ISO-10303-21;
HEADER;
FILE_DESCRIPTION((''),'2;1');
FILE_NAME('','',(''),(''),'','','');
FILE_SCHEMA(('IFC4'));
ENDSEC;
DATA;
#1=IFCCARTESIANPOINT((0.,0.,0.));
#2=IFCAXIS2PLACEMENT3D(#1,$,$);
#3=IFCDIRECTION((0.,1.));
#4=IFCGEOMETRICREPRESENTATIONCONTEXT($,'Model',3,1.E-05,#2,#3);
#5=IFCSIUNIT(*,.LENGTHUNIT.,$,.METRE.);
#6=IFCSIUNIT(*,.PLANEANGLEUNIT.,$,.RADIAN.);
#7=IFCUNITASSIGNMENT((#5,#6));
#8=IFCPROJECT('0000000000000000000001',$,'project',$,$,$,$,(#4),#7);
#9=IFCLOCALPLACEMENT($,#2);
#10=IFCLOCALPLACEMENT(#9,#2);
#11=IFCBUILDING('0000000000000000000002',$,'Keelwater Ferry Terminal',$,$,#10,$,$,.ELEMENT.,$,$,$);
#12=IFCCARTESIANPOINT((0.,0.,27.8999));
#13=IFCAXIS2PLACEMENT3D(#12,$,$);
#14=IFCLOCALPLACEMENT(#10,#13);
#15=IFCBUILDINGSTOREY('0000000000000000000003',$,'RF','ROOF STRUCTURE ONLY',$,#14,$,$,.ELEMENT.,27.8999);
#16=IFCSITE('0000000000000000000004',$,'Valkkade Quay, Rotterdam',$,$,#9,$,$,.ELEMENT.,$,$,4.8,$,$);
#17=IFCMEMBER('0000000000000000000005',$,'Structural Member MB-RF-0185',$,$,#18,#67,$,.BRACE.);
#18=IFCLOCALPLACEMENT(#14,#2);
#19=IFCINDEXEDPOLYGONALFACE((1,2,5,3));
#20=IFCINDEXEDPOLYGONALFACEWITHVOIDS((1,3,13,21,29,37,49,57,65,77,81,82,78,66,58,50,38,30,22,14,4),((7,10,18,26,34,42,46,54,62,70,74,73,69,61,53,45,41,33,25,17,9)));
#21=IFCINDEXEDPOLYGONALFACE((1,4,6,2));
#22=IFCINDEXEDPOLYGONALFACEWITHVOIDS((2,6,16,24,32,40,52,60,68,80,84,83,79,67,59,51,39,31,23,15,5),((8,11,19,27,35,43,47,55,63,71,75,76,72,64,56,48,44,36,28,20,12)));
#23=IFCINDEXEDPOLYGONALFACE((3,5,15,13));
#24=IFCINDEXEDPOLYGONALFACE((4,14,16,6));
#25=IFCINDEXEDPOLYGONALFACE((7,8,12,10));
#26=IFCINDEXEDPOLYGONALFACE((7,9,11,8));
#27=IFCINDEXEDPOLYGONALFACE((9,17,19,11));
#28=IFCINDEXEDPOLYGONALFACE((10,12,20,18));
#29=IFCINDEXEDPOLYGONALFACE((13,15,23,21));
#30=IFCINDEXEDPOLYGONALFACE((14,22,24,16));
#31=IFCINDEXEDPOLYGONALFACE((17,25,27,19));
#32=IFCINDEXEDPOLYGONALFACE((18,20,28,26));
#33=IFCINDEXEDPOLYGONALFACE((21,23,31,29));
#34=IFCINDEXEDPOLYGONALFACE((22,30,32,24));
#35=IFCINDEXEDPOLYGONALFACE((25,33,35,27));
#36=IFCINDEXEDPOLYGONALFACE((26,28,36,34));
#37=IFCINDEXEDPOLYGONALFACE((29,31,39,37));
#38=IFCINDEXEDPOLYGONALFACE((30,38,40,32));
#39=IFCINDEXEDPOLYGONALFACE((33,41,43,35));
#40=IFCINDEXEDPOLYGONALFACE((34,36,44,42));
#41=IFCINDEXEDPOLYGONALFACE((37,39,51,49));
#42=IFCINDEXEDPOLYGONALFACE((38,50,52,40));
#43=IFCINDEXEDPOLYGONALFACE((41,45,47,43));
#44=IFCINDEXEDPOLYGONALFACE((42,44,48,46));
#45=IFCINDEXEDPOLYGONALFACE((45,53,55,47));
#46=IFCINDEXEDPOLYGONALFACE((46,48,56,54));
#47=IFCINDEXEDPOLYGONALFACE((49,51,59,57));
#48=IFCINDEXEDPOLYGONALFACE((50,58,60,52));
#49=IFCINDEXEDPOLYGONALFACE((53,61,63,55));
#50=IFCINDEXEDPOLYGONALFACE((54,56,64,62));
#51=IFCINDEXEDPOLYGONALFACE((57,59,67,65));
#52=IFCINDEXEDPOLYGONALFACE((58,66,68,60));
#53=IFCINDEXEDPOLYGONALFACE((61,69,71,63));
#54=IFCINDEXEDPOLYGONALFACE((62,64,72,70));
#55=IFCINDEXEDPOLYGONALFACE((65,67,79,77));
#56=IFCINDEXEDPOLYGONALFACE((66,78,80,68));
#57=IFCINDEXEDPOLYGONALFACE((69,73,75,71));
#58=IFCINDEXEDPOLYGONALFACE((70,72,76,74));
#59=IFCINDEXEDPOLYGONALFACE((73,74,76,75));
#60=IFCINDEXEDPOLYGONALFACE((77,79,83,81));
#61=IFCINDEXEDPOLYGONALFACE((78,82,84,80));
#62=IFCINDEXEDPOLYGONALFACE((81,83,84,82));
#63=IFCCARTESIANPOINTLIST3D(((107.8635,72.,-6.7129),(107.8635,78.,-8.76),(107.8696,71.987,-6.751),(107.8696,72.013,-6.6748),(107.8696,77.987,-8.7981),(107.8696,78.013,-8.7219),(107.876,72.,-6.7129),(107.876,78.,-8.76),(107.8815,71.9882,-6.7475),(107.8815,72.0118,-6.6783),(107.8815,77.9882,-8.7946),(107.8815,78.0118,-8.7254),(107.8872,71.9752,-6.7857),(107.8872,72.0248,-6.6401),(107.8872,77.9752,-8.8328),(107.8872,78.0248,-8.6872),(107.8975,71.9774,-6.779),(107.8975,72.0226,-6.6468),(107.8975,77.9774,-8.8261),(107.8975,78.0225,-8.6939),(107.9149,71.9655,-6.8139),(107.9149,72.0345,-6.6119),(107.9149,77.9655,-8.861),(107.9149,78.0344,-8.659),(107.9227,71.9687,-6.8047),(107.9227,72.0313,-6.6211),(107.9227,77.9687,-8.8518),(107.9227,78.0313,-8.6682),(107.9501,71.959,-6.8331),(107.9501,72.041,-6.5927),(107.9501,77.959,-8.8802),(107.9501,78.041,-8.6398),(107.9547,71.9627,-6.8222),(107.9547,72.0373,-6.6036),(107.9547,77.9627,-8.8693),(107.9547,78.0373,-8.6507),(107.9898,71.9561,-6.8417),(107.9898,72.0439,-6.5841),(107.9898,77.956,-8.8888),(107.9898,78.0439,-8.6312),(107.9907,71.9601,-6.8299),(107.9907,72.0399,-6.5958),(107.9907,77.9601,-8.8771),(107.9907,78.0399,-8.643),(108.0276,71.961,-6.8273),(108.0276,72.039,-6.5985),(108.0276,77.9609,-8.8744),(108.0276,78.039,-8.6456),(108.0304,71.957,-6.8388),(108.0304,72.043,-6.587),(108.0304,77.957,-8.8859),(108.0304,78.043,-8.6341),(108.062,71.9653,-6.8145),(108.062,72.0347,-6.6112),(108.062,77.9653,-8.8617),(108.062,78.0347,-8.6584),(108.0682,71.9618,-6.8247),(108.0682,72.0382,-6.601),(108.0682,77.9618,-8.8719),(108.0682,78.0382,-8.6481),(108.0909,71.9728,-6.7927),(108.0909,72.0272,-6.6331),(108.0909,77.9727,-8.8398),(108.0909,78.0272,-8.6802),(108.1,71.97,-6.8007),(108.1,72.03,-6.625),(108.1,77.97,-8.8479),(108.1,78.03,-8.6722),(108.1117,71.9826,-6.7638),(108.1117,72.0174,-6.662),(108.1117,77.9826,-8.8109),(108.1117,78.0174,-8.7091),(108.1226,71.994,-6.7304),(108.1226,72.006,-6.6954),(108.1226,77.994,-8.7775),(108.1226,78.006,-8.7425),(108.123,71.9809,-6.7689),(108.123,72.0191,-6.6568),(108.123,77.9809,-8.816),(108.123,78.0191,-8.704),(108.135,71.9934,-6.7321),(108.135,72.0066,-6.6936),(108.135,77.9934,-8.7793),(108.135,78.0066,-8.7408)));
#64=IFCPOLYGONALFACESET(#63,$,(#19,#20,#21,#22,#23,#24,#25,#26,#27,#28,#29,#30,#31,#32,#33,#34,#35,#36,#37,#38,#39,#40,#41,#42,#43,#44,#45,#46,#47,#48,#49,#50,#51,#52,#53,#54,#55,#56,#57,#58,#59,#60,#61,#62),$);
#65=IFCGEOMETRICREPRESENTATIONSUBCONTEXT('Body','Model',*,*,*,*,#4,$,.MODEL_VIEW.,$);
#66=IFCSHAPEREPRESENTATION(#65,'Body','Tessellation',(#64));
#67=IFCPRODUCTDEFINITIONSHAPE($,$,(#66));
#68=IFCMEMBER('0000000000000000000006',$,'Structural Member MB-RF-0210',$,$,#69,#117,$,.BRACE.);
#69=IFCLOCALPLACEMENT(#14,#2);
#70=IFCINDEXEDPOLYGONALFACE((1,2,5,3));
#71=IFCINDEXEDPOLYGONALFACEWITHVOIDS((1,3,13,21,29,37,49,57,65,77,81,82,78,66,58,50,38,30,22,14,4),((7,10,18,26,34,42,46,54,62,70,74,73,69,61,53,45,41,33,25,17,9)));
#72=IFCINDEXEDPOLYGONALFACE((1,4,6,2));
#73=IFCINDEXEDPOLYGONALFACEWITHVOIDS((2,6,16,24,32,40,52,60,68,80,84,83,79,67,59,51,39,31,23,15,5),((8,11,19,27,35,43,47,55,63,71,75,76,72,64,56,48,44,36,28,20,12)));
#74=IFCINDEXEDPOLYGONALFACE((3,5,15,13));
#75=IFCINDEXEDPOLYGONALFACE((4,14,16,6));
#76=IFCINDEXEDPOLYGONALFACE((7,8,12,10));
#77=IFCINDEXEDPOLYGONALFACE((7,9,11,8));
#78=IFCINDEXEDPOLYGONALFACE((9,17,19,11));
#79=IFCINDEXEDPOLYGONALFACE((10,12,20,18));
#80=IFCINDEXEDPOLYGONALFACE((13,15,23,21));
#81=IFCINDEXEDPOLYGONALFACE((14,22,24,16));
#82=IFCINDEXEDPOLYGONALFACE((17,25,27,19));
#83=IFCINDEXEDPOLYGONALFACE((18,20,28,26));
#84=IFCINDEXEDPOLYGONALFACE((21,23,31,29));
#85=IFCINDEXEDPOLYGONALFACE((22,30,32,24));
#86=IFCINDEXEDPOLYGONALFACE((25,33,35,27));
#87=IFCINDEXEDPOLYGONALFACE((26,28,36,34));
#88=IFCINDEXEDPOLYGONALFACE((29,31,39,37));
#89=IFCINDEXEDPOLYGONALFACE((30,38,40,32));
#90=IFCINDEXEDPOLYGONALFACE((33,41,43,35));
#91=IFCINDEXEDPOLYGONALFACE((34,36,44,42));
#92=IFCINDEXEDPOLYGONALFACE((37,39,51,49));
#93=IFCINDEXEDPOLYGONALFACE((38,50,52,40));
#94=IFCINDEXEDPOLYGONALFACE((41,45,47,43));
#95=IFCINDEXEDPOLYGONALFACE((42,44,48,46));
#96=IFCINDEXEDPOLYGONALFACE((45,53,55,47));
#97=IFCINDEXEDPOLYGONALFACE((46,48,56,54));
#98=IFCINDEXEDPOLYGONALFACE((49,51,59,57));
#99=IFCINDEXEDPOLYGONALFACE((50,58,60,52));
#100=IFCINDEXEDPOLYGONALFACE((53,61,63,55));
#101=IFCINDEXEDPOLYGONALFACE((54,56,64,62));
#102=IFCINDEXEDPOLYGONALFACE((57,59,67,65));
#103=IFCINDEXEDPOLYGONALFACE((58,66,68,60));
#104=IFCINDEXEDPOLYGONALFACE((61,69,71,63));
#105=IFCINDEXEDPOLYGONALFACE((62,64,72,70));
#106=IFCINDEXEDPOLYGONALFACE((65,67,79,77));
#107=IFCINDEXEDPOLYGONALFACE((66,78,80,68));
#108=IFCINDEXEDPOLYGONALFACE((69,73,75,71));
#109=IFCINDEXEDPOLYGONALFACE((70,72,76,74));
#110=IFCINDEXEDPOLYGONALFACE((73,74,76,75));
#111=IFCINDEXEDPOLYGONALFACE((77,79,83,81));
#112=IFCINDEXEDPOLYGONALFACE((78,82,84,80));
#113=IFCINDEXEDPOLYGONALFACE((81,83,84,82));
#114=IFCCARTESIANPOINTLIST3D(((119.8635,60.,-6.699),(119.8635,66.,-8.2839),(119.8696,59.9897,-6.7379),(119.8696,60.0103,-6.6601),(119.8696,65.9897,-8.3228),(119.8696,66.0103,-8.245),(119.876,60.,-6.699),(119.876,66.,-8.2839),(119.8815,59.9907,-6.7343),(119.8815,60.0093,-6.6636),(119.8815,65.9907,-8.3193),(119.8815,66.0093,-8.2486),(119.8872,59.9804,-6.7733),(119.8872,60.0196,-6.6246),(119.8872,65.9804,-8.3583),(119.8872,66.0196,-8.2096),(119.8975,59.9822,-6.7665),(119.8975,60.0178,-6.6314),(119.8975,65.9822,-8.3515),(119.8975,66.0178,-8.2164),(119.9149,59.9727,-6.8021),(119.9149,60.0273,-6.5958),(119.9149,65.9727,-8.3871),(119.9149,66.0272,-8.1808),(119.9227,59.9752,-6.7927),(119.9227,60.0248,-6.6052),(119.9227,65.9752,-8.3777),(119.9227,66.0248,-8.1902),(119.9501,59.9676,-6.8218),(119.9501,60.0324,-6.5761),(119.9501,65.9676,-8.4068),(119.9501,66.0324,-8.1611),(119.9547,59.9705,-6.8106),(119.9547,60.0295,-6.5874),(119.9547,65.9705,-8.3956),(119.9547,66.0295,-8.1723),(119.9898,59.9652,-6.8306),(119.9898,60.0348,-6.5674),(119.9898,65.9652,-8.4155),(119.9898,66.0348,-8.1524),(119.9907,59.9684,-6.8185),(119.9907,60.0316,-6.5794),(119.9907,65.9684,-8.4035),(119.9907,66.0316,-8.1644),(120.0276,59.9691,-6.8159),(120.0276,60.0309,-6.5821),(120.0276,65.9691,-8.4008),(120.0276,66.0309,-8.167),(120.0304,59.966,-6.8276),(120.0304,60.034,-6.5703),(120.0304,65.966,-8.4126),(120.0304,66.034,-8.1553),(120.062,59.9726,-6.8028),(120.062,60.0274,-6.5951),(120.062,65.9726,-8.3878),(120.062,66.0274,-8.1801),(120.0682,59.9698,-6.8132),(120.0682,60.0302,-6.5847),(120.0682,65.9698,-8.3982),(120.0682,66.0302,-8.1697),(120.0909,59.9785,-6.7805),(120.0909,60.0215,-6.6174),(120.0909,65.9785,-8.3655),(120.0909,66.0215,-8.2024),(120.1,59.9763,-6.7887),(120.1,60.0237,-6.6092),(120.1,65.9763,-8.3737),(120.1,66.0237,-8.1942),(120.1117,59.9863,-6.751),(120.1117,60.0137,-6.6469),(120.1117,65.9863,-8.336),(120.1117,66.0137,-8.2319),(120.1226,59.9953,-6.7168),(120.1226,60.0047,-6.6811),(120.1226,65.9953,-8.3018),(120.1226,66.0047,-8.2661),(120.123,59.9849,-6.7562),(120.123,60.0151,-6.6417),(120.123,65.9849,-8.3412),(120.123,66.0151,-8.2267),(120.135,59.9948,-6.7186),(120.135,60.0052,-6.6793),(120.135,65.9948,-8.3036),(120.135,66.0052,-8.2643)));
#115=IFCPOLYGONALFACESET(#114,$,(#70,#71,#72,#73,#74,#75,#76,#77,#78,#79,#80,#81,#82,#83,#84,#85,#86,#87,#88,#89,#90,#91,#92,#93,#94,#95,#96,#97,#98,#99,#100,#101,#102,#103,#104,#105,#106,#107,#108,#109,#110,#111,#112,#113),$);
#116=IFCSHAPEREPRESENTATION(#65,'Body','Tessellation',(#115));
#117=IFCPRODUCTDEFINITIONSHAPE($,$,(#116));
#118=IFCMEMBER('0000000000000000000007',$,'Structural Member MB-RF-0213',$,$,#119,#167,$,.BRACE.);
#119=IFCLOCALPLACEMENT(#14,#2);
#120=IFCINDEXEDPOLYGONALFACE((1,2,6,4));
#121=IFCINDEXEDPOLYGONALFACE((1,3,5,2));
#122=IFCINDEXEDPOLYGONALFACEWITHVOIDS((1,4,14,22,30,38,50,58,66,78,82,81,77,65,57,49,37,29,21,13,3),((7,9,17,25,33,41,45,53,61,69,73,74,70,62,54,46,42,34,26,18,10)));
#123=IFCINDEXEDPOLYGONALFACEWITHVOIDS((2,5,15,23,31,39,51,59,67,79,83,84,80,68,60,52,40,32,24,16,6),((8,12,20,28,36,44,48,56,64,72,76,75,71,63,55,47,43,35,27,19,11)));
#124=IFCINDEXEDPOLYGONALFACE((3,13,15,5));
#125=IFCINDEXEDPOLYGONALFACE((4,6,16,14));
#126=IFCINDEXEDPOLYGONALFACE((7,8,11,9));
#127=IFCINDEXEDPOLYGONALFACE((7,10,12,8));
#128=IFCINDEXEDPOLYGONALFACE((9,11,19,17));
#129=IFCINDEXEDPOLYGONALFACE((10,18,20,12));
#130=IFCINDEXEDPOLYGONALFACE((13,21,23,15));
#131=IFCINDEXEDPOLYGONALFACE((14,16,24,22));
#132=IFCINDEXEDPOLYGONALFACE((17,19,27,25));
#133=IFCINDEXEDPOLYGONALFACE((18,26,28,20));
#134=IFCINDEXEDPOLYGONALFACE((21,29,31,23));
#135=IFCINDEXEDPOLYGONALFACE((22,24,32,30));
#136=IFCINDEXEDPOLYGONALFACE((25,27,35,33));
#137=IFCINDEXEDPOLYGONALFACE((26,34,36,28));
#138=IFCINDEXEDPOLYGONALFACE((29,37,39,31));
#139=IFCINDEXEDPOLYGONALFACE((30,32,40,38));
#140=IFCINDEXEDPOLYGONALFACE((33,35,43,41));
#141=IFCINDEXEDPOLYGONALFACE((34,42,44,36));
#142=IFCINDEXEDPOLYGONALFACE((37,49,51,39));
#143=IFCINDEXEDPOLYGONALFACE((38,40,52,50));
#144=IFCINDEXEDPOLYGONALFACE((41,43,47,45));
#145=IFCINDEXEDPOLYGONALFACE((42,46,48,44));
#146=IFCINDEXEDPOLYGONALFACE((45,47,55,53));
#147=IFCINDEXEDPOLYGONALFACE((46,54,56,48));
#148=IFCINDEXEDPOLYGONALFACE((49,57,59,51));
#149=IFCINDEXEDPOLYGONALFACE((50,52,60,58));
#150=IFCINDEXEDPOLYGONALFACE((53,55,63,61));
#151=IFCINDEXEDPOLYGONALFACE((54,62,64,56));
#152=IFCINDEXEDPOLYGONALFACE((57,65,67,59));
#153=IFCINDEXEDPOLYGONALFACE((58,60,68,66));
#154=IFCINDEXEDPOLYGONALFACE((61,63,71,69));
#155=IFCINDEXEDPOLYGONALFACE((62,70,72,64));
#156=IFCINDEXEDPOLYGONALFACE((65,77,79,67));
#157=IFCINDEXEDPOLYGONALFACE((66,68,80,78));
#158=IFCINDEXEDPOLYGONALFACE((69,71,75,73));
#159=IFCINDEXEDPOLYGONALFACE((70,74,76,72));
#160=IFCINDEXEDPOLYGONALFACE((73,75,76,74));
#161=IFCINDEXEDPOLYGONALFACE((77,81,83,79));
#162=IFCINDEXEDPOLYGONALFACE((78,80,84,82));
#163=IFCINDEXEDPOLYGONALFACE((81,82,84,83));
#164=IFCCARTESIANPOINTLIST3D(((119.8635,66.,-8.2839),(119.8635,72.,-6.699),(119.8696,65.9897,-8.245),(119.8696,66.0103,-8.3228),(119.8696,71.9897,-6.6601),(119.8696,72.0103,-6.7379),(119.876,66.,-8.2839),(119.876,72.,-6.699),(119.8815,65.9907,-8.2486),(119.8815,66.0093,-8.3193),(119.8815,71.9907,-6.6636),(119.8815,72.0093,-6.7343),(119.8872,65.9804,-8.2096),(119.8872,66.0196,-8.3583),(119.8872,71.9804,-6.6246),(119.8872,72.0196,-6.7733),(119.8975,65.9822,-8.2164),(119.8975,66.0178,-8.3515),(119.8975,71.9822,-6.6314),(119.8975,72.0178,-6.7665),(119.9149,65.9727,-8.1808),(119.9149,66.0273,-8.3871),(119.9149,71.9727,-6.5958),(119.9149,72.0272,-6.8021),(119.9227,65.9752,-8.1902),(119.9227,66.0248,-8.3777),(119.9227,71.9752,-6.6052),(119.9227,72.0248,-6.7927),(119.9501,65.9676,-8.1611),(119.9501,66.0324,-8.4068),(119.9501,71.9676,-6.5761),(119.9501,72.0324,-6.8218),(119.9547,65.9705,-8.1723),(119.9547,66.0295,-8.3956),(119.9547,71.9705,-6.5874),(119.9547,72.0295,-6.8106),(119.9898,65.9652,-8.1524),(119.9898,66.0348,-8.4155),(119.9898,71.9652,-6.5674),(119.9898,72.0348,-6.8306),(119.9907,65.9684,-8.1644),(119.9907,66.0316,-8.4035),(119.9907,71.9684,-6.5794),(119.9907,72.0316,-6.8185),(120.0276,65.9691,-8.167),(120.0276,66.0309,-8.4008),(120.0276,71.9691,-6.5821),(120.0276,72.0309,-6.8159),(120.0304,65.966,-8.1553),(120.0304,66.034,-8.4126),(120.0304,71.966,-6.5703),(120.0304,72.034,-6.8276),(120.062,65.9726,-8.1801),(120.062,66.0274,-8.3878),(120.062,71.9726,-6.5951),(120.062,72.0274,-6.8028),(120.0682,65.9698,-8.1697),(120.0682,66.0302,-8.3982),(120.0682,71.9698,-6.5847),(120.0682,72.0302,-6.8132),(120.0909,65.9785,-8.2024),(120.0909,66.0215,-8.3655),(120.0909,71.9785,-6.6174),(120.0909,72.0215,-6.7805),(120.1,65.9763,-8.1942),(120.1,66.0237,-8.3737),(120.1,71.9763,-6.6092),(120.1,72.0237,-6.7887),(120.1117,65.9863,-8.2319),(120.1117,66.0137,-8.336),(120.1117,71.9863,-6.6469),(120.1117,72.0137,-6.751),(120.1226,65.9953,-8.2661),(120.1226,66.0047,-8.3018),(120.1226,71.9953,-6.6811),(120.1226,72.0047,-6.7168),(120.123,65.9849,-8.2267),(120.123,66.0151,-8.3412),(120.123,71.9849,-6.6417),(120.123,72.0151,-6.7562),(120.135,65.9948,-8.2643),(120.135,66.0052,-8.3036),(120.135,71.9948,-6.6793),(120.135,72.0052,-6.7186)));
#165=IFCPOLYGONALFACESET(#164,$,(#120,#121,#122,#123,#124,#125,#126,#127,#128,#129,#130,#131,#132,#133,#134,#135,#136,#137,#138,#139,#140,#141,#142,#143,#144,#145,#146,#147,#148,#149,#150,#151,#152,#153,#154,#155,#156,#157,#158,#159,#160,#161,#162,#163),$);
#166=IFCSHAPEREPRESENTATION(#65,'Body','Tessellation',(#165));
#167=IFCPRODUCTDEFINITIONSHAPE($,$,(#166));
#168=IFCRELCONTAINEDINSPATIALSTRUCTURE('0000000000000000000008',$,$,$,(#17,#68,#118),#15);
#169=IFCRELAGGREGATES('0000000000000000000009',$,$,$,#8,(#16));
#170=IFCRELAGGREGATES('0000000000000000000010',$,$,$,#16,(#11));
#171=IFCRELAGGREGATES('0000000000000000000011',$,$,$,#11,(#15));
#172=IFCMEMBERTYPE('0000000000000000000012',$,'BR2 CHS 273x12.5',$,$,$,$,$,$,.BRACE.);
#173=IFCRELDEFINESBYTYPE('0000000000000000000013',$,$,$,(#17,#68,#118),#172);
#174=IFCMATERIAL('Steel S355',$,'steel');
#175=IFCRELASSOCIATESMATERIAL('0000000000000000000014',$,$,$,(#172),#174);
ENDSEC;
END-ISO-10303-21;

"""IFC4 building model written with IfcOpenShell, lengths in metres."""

from ifc_helpers import new_model, si_unit, direction, frame, origin, origin_2d, place, context, subcontext, project, spatial, hollow_circle, extrude, material, material_profile, profile_set, type_object, element, save


model = new_model("IFC4")

# Units and contexts
model_context = context("Model", 3, precision=1e-05, world=origin(), true_north=direction((0.0, 1.0)))
body_context = subcontext(model_context, "Body", "Model", "MODEL_VIEW")
ifc_project = project(units=[si_unit("LENGTHUNIT", "METRE"), si_unit("PLANEANGLEUNIT", "RADIAN")], contexts=[model_context])

# Site, building, storey
site_placement = place(None, origin())
site = spatial("IfcSite", under=ifc_project, at=site_placement, Name="Valkkade Quay, Rotterdam", CompositionType="ELEMENT", RefElevation=4.8)
building_placement = place(site_placement, origin())
building = spatial("IfcBuilding", under=site, at=building_placement, Name="Keelwater Ferry Terminal", CompositionType="ELEMENT")
storey_placement = place(building_placement, frame((0.0, 0.0, 27.8999)))
storey = spatial("IfcBuildingStorey", under=building, at=storey_placement, Name="RF", Description="ROOF STRUCTURE ONLY", CompositionType="ELEMENT", Elevation=27.8999)

# Members
ifc_material_1 = material(Name="Steel S355", Category="steel")
ifc_material_profile_1 = material_profile(ifc_material_1, hollow_circle(Radius=0.1365, WallThickness=0.0125, at=origin_2d()), Name="CHS 273x12.5")
ifc_profile_set_1 = profile_set([ifc_material_profile_1], Name="Steel S355")
member_type_1 = type_object("IfcMemberType", Name="BR2 CHS 273x12.5", PredefinedType="BRACE", material=ifc_profile_set_1)
member_1_placement = place(storey_placement, frame((108.0, 72.0, -6.7129), z_axis=(0.0, 0.94643, -0.322909), x_axis=(-1.0, 0.0, 0.0)))
element("IfcMember", 1, at=member_1_placement, inside=storey, type_object=member_type_1, Name="Structural Member MB-RF-0185", PredefinedType="BRACE", context=body_context, shape_type="SweptSolid", body=[
    extrude(hollow_circle(Radius=0.1365, WallThickness=0.0125, at=origin_2d()), origin(), (0.0, 0.0, 1.0), 6.3396),
])
for number, where, z_axis, x_axis, name in (
    (2, (120.0, 60.0, -6.699), (0.0, 0.966836, -0.255399), (-1.0, 0.0, 0.0), "Structural Member MB-RF-0210"),
    (3, (120.0, 66.0, -8.2839), (0.0, 0.966836, 0.255399), (-1.0, 0.0, 0.0), "Structural Member MB-RF-0213"),
):
    element("IfcMember", number, at=place(storey_placement, frame(where, z_axis=z_axis, x_axis=x_axis)), inside=storey, type_object=member_type_1, Name=name, PredefinedType="BRACE", context=body_context, shape_type="SweptSolid", body=[
        extrude(hollow_circle(Radius=0.1365, WallThickness=0.0125, at=origin_2d()), origin(), (0.0, 0.0, 1.0), 6.2058),
    ])

save(model, "model.ifc")
